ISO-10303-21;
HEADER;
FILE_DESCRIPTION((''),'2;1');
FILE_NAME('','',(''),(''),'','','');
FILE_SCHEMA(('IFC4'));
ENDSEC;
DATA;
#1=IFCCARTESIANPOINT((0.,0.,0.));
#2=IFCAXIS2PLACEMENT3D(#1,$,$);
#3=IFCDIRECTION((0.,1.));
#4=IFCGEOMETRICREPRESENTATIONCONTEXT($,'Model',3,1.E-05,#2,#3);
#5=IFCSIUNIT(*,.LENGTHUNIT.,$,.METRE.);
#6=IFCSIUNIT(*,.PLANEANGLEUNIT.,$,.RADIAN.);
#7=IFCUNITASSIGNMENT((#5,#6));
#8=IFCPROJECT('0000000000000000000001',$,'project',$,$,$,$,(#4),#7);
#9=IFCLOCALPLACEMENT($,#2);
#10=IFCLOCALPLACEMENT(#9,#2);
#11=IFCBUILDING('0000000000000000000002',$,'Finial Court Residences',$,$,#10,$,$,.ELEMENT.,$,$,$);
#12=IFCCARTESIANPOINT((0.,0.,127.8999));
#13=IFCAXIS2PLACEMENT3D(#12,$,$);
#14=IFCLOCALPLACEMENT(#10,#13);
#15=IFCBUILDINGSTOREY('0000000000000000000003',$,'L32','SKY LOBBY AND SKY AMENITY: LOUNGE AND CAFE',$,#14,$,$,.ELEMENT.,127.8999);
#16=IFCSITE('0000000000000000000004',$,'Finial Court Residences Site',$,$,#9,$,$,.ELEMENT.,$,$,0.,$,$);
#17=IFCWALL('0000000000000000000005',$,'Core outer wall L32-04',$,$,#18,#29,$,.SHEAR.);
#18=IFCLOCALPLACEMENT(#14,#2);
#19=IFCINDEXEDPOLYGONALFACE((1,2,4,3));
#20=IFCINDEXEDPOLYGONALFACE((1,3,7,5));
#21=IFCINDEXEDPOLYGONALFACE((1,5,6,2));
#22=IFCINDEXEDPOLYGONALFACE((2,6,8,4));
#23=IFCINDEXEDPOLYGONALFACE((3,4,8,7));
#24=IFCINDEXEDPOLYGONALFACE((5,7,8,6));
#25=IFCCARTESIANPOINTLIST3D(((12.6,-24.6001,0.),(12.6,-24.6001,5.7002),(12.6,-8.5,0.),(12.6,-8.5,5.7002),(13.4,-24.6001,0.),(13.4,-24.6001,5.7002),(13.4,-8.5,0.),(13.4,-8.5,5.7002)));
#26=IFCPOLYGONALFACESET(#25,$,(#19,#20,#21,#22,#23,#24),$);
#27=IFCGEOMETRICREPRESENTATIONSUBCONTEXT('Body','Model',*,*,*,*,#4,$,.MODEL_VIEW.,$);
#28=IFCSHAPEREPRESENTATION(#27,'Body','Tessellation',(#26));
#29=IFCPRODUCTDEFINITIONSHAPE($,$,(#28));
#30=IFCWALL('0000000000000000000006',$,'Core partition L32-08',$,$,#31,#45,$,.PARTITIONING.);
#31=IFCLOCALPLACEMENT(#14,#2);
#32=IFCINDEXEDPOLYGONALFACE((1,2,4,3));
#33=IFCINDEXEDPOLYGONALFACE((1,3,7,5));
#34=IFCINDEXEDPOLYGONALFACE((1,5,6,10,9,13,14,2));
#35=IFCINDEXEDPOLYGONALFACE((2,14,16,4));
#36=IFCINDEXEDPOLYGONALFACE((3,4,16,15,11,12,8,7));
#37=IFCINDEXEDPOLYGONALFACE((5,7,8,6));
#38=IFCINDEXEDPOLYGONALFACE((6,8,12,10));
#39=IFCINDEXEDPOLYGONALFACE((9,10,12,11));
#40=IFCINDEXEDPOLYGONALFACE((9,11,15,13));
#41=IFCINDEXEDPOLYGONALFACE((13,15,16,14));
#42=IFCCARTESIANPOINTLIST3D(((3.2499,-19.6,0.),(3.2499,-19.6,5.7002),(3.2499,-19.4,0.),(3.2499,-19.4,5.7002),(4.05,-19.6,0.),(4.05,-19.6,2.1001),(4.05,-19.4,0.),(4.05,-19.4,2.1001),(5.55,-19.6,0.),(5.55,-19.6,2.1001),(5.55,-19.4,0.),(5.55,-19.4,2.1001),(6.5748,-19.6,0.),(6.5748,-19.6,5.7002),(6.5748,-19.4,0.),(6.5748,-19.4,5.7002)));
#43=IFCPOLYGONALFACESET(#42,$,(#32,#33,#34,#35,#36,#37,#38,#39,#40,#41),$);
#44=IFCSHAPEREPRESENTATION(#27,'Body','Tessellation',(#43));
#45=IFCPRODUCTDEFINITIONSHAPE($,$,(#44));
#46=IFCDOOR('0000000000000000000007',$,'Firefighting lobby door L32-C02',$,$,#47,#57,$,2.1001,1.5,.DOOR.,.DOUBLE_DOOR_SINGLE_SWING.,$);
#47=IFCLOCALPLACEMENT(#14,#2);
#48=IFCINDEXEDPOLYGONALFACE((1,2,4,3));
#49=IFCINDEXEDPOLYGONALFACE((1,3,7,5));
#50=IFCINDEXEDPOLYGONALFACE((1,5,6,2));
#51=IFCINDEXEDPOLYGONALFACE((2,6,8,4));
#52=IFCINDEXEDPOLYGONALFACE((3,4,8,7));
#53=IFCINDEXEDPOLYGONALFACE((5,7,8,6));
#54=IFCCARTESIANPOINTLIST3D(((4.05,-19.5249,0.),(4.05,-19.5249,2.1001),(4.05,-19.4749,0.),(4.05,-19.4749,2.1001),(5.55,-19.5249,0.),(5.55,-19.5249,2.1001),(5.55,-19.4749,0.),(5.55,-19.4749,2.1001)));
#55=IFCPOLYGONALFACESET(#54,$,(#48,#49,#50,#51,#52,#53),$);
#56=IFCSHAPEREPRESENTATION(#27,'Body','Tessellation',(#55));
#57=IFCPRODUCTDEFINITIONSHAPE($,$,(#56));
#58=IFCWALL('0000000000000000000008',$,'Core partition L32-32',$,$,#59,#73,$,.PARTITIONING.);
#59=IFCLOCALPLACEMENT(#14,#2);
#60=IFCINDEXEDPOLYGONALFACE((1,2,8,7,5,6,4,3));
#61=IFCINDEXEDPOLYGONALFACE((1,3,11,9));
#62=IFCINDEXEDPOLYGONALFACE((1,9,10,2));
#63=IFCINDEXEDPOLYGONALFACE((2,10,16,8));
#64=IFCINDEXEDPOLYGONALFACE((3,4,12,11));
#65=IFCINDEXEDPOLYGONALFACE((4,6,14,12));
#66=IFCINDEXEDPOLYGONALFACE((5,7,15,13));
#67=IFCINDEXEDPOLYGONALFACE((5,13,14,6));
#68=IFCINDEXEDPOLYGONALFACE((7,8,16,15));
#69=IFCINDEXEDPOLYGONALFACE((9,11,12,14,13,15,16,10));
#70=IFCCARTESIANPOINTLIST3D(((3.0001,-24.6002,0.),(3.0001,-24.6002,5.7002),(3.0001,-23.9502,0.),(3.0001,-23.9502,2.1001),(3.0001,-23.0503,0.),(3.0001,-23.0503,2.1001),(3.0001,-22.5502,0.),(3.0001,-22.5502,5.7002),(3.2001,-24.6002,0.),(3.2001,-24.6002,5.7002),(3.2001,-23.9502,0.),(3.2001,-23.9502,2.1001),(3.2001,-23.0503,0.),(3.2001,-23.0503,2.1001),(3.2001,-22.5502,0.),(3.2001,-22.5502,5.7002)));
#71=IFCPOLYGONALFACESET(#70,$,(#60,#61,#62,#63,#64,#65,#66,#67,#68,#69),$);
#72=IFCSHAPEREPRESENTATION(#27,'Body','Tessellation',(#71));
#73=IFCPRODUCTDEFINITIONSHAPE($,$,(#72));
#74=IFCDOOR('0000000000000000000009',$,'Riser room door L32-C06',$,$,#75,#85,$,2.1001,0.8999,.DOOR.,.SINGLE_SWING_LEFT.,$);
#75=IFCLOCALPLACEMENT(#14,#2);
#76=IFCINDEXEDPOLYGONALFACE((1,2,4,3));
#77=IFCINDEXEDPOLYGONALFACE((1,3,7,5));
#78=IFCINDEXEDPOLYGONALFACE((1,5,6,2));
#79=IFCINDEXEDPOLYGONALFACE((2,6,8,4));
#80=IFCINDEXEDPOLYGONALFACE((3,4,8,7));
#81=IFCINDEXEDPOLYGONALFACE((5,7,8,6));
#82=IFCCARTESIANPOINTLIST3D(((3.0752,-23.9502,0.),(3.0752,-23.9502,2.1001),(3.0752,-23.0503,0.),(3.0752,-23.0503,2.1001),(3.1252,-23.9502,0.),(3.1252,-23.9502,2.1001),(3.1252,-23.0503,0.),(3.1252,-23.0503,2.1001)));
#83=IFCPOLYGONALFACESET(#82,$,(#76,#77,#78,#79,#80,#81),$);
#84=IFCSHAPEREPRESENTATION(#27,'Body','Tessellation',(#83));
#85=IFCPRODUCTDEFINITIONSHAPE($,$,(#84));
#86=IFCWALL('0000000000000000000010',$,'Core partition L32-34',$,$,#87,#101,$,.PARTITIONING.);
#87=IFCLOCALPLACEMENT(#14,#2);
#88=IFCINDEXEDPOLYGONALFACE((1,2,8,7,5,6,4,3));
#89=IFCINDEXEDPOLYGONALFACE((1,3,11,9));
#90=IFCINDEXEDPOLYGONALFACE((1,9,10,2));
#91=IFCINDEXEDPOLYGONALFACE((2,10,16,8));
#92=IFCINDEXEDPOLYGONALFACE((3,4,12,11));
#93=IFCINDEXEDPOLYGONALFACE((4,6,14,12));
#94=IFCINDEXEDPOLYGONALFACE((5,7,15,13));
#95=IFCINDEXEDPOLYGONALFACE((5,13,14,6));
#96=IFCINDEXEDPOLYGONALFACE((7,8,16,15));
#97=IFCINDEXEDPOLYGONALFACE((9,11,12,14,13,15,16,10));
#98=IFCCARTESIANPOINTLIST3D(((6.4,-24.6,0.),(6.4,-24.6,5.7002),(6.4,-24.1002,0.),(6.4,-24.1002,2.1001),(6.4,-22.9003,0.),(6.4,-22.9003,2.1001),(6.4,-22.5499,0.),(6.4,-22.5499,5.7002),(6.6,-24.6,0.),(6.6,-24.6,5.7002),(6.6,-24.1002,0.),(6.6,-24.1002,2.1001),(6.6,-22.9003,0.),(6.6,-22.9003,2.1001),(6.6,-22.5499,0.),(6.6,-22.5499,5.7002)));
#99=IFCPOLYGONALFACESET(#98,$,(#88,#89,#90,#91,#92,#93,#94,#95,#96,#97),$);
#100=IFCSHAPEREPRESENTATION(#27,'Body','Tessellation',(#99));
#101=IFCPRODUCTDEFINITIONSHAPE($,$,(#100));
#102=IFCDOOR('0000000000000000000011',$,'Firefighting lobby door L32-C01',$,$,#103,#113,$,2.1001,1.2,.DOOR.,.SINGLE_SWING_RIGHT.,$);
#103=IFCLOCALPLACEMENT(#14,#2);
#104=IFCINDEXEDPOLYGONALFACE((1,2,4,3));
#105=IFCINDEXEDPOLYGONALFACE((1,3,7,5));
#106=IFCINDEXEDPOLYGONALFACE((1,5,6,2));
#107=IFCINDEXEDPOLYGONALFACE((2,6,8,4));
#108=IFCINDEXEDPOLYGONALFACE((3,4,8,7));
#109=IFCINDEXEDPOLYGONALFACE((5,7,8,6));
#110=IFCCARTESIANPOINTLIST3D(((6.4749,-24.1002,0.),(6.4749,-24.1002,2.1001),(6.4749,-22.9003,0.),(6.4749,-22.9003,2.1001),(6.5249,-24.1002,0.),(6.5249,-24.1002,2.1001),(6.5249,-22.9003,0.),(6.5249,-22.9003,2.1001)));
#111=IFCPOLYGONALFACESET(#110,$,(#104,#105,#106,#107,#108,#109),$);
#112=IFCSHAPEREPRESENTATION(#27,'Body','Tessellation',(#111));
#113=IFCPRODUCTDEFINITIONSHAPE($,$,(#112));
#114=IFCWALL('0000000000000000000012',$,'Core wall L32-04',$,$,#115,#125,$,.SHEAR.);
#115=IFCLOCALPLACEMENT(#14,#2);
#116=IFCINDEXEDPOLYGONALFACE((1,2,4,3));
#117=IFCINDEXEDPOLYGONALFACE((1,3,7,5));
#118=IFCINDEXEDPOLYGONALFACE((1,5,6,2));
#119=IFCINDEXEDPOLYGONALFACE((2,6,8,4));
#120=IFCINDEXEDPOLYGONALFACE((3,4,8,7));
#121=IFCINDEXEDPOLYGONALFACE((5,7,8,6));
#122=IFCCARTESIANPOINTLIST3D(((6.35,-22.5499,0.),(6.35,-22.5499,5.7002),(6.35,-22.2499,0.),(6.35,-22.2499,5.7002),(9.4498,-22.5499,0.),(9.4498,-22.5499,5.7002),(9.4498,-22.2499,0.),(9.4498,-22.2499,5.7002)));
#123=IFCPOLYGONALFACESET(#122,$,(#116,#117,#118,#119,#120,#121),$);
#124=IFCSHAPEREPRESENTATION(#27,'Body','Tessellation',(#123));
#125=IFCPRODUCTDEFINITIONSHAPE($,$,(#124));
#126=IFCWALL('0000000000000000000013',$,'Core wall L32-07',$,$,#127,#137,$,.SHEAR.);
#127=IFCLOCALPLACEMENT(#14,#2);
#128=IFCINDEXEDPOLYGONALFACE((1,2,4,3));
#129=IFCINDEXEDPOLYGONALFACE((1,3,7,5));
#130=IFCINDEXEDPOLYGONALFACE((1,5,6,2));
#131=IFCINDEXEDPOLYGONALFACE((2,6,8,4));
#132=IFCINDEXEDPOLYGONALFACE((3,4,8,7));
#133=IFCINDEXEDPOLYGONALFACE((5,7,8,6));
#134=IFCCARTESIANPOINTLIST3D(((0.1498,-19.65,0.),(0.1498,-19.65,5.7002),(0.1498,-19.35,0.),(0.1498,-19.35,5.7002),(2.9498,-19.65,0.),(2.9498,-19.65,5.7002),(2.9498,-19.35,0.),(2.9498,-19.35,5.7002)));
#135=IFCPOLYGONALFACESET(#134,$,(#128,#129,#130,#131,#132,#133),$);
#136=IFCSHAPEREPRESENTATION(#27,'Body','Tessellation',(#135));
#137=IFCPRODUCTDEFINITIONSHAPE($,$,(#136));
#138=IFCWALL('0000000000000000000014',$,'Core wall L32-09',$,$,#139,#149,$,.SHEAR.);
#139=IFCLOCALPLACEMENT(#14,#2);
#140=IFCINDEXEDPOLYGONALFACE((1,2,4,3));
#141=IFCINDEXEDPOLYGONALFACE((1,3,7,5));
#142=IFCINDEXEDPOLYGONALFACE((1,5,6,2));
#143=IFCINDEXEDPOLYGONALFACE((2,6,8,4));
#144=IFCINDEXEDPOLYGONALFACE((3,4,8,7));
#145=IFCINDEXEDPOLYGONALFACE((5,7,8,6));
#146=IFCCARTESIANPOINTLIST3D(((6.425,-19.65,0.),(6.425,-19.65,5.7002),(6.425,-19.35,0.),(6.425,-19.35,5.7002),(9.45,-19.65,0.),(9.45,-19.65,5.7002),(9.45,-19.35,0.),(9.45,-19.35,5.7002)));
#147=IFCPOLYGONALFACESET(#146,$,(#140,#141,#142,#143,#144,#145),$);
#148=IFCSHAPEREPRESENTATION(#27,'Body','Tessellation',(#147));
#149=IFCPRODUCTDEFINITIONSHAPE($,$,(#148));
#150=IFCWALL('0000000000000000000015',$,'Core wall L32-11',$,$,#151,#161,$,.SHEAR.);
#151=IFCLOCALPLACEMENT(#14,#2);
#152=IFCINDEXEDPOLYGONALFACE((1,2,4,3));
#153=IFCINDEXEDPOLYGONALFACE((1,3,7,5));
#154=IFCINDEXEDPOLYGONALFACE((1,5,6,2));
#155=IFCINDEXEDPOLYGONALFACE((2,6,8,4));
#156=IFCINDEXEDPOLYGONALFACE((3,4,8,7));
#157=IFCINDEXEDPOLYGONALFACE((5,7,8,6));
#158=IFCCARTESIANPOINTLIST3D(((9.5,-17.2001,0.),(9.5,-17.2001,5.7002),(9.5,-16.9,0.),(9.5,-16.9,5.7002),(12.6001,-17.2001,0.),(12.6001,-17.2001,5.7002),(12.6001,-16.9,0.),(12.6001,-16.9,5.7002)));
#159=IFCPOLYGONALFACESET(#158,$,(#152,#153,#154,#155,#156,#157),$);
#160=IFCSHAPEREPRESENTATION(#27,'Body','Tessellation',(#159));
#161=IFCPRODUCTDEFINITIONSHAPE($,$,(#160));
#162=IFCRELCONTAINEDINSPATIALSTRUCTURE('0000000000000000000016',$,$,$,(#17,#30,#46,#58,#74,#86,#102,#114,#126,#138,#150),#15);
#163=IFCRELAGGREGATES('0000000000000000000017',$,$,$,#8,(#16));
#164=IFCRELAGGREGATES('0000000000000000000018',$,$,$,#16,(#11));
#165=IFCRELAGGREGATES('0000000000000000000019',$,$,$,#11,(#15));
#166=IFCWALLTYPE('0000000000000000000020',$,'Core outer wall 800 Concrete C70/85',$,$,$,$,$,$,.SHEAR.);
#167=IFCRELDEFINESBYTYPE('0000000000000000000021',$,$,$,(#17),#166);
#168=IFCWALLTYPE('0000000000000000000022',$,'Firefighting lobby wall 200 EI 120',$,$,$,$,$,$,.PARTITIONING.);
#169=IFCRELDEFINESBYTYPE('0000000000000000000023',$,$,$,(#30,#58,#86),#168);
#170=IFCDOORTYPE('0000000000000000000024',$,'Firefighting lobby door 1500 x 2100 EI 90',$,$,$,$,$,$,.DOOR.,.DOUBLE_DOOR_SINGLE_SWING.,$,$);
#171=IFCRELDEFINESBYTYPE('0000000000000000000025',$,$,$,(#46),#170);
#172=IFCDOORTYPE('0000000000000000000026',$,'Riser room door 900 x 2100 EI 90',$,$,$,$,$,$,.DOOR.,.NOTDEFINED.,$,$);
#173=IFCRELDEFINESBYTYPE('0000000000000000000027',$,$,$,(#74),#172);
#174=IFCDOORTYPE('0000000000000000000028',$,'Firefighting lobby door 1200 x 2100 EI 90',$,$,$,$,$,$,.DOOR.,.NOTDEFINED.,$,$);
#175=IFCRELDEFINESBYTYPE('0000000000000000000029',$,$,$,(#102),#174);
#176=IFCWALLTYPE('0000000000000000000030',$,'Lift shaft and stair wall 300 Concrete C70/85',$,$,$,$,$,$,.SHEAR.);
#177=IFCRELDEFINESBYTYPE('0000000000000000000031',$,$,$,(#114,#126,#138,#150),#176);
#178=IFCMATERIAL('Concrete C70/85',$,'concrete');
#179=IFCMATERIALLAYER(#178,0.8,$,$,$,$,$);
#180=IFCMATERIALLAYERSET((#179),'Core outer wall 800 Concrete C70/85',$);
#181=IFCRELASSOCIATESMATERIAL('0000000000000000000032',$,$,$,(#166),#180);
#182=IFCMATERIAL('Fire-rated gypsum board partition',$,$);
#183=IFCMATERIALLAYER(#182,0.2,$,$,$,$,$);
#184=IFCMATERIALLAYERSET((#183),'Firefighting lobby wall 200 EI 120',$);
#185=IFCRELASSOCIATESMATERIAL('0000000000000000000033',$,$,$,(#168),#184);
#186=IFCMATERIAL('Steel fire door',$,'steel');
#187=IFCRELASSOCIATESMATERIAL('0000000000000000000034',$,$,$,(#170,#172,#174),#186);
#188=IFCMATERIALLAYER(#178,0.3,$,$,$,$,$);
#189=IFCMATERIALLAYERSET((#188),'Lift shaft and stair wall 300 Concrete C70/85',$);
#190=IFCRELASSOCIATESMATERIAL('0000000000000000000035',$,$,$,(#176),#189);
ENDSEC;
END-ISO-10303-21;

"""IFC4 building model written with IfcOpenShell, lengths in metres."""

from ifc_helpers import new_model, si_unit, direction, frame, frame_2d, origin, place, context, subcontext, project, spatial, rectangle, extrude, material, layer, layer_set, type_object, element, fill, save


model = new_model("IFC4")

# Units and contexts
model_context = context("Model", 3, precision=1e-05, world=origin(), true_north=direction((0.0, 1.0)))
body_context = subcontext(model_context, "Body", "Model", "MODEL_VIEW")
ifc_project = project(units=[si_unit("LENGTHUNIT", "METRE"), si_unit("PLANEANGLEUNIT", "RADIAN")], contexts=[model_context])

# Site, building, storey
site_placement = place(None, origin())
site = spatial("IfcSite", under=ifc_project, at=site_placement, Name="Finial Court Residences Site", CompositionType="ELEMENT", RefElevation=0.0)
building_placement = place(site_placement, origin())
building = spatial("IfcBuilding", under=site, at=building_placement, Name="Finial Court Residences", CompositionType="ELEMENT")
storey_placement = place(building_placement, frame((0.0, 0.0, 127.8999)))
storey = spatial("IfcBuildingStorey", under=building, at=storey_placement, Name="L32", Description="SKY LOBBY AND SKY AMENITY: LOUNGE AND CAFE", CompositionType="ELEMENT", Elevation=127.8999)

# Wall
ifc_material_1 = material(Name="Concrete C70/85", Category="concrete")
ifc_layer_1 = layer(ifc_material_1, 0.8)
ifc_layer_set_1 = layer_set([ifc_layer_1], Name="Core outer wall 800 Concrete C70/85")
wall_type_1 = type_object("IfcWallType", Name="Core outer wall 800 Concrete C70/85", PredefinedType="SHEAR", material=ifc_layer_set_1)
wall_1_placement = place(storey_placement, frame((13.0, -24.6001, 0.0), z_axis=(0.0, 0.0, 1.0), x_axis=(0.0, 1.0, 0.0)))
element("IfcWall", 1, at=wall_1_placement, inside=storey, type_object=wall_type_1, Name="Core outer wall L32-04", PredefinedType="SHEAR", context=body_context, shape_type="SweptSolid", body=[
    extrude(rectangle(XDim=16.1001, YDim=0.8, at=frame_2d((8.05, 0.0))), origin(), (0.0, 0.0, 1.0), 5.7002),
])

# Walls, openings, doors
ifc_material_2 = material(Name="Fire-rated gypsum board partition")
ifc_layer_2 = layer(ifc_material_2, 0.2)
ifc_layer_set_2 = layer_set([ifc_layer_2], Name="Firefighting lobby wall 200 EI 120")
wall_type_2 = type_object("IfcWallType", Name="Firefighting lobby wall 200 EI 120", PredefinedType="PARTITIONING", material=ifc_layer_set_2)
wall_2_placement = place(storey_placement, frame((6.575, -19.5, 0.0), z_axis=(0.0, 0.0, 1.0), x_axis=(-1.0, 0.0, 0.0)))
wall_2 = element("IfcWall", 2, at=wall_2_placement, inside=storey, type_object=wall_type_2, Name="Core partition L32-08", PredefinedType="PARTITIONING", context=body_context, shape_type="SweptSolid", body=[
    extrude(rectangle(XDim=3.325, YDim=0.2, at=frame_2d((1.6626, 0.0))), origin(), (0.0, 0.0, 1.0), 5.7002),
])
opening_1_placement = place(wall_2_placement, frame((1.0249, 0.0, 0.0)))
opening_1 = element("IfcOpeningElement", 3, at=opening_1_placement, cuts=wall_2, PredefinedType="OPENING", context=body_context, shape_type="SweptSolid", body=[
    extrude(rectangle(XDim=1.5, YDim=2.1001, at=frame_2d((0.75, 1.05))), frame((0.0, 0.1099, 0.0), z_axis=(0.0, -1.0, 0.0), x_axis=(1.0, 0.0, 0.0)), (0.0, 0.0, 1.0), 0.22),
])
ifc_material_3 = material(Name="Steel fire door", Category="steel")
door_type_1 = type_object("IfcDoorType", Name="Firefighting lobby door 1500 x 2100 EI 90", OperationType="DOUBLE_DOOR_SINGLE_SWING", PredefinedType="DOOR", material=ifc_material_3)
door_1_placement = place(opening_1_placement, origin())
door_1 = element("IfcDoor", 4, at=door_1_placement, inside=storey, type_object=door_type_1, Name="Firefighting lobby door L32-C02", OperationType="DOUBLE_DOOR_SINGLE_SWING", OverallHeight=2.1001, OverallWidth=1.5, PredefinedType="DOOR", context=body_context, shape_type="SweptSolid", body=[
    extrude(rectangle(XDim=1.5, YDim=2.1001, at=frame_2d((0.75, 1.05))), frame((0.0, 0.0249, 0.0), z_axis=(0.0, -1.0, 0.0), x_axis=(1.0, 0.0, 0.0)), (0.0, 0.0, 1.0), 0.05),
])
fill(opening_1, door_1)
wall_3_placement = place(storey_placement, frame((3.1001, -24.6001, 0.0), z_axis=(0.0, 0.0, 1.0), x_axis=(0.0, 1.0, 0.0)))
wall_3 = element("IfcWall", 5, at=wall_3_placement, inside=storey, type_object=wall_type_2, Name="Core partition L32-32", PredefinedType="PARTITIONING", context=body_context, shape_type="SweptSolid", body=[
    extrude(rectangle(XDim=2.05, YDim=0.2, at=frame_2d((1.0249, 0.0))), origin(), (0.0, 0.0, 1.0), 5.7002),
])
opening_2_placement = place(wall_3_placement, frame((0.6499, 0.0, 0.0)))
opening_2 = element("IfcOpeningElement", 6, at=opening_2_placement, cuts=wall_3, PredefinedType="OPENING", context=body_context, shape_type="SweptSolid", body=[
    extrude(rectangle(XDim=0.8999, YDim=2.1001, at=frame_2d((0.45, 1.05))), frame((0.0, 0.1099, 0.0), z_axis=(0.0, -1.0, 0.0), x_axis=(1.0, 0.0, 0.0)), (0.0, 0.0, 1.0), 0.22),
])
door_type_2 = type_object("IfcDoorType", Name="Riser room door 900 x 2100 EI 90", OperationType="NOTDEFINED", PredefinedType="DOOR", material=ifc_material_3)
door_2_placement = place(opening_2_placement, origin())
door_2 = element("IfcDoor", 7, at=door_2_placement, inside=storey, type_object=door_type_2, Name="Riser room door L32-C06", OperationType="SINGLE_SWING_LEFT", OverallHeight=2.1001, OverallWidth=0.8999, PredefinedType="DOOR", context=body_context, shape_type="SweptSolid", body=[
    extrude(rectangle(XDim=0.8999, YDim=2.1001, at=frame_2d((0.45, 1.05))), frame((0.0, 0.0249, 0.0), z_axis=(0.0, -1.0, 0.0), x_axis=(1.0, 0.0, 0.0)), (0.0, 0.0, 1.0), 0.05),
])
fill(opening_2, door_2)
wall_4_placement = place(storey_placement, frame((6.5, -22.55, 0.0), z_axis=(0.0, 0.0, 1.0), x_axis=(0.0, -1.0, 0.0)))
wall_4 = element("IfcWall", 8, at=wall_4_placement, inside=storey, type_object=wall_type_2, Name="Core partition L32-34", PredefinedType="PARTITIONING", context=body_context, shape_type="SweptSolid", body=[
    extrude(rectangle(XDim=2.05, YDim=0.2, at=frame_2d((1.0249, 0.0))), origin(), (0.0, 0.0, 1.0), 5.7002),
])
opening_3_placement = place(wall_4_placement, frame((0.3501, 0.0, 0.0)))
opening_3 = element("IfcOpeningElement", 9, at=opening_3_placement, cuts=wall_4, PredefinedType="OPENING", context=body_context, shape_type="SweptSolid", body=[
    extrude(rectangle(XDim=1.2, YDim=2.1001, at=frame_2d((0.6001, 1.05))), frame((0.0, 0.1099, 0.0), z_axis=(0.0, -1.0, 0.0), x_axis=(1.0, 0.0, 0.0)), (0.0, 0.0, 1.0), 0.22),
])
door_type_3 = type_object("IfcDoorType", Name="Firefighting lobby door 1200 x 2100 EI 90", OperationType="NOTDEFINED", PredefinedType="DOOR", material=ifc_material_3)
door_3_placement = place(opening_3_placement, origin())
door_3 = element("IfcDoor", 10, at=door_3_placement, inside=storey, type_object=door_type_3, Name="Firefighting lobby door L32-C01", OperationType="SINGLE_SWING_RIGHT", OverallHeight=2.1001, OverallWidth=1.2, PredefinedType="DOOR", context=body_context, shape_type="SweptSolid", body=[
    extrude(rectangle(XDim=1.2, YDim=2.1001, at=frame_2d((0.6001, 1.05))), frame((0.0, 0.0249, 0.0), z_axis=(0.0, -1.0, 0.0), x_axis=(1.0, 0.0, 0.0)), (0.0, 0.0, 1.0), 0.05),
])
fill(opening_3, door_3)

# Walls
ifc_layer_3 = layer(ifc_material_1, 0.3)
ifc_layer_set_3 = layer_set([ifc_layer_3], Name="Lift shaft and stair wall 300 Concrete C70/85")
wall_type_3 = type_object("IfcWallType", Name="Lift shaft and stair wall 300 Concrete C70/85", PredefinedType="SHEAR", material=ifc_layer_set_3)
wall_5_placement = place(storey_placement, frame((6.3501, -22.3999, 0.0), z_axis=(0.0, 0.0, 1.0), x_axis=(1.0, 0.0, 0.0)))
element("IfcWall", 11, at=wall_5_placement, inside=storey, type_object=wall_type_3, Name="Core wall L32-04", PredefinedType="SHEAR", context=body_context, shape_type="SweptSolid", body=[
    extrude(rectangle(XDim=3.0999, YDim=0.3, at=frame_2d((1.5498, 0.0))), origin(), (0.0, 0.0, 1.0), 5.7002),
])
wall_6_placement = place(storey_placement, frame((0.1499, -19.5, 0.0), z_axis=(0.0, 0.0, 1.0), x_axis=(1.0, 0.0, 0.0)))
element("IfcWall", 12, at=wall_6_placement, inside=storey, type_object=wall_type_3, Name="Core wall L32-07", PredefinedType="SHEAR", context=body_context, shape_type="SweptSolid", body=[
    extrude(rectangle(XDim=2.8, YDim=0.3, at=frame_2d((1.3999, 0.0))), origin(), (0.0, 0.0, 1.0), 5.7002),
])
wall_7_placement = place(storey_placement, frame((6.425, -19.5, 0.0), z_axis=(0.0, 0.0, 1.0), x_axis=(1.0, 0.0, 0.0)))
element("IfcWall", 13, at=wall_7_placement, inside=storey, type_object=wall_type_3, Name="Core wall L32-09", PredefinedType="SHEAR", context=body_context, shape_type="SweptSolid", body=[
    extrude(rectangle(XDim=3.0249, YDim=0.3, at=frame_2d((1.5125, 0.0))), origin(), (0.0, 0.0, 1.0), 5.7002),
])
wall_8_placement = place(storey_placement, frame((9.5, -17.05, 0.0), z_axis=(0.0, 0.0, 1.0), x_axis=(1.0, 0.0, 0.0)))
element("IfcWall", 14, at=wall_8_placement, inside=storey, type_object=wall_type_3, Name="Core wall L32-11", PredefinedType="SHEAR", context=body_context, shape_type="SweptSolid", body=[
    extrude(rectangle(XDim=3.1001, YDim=0.3, at=frame_2d((1.55, 0.0))), origin(), (0.0, 0.0, 1.0), 5.7002),
])

save(model, "model.ifc")
